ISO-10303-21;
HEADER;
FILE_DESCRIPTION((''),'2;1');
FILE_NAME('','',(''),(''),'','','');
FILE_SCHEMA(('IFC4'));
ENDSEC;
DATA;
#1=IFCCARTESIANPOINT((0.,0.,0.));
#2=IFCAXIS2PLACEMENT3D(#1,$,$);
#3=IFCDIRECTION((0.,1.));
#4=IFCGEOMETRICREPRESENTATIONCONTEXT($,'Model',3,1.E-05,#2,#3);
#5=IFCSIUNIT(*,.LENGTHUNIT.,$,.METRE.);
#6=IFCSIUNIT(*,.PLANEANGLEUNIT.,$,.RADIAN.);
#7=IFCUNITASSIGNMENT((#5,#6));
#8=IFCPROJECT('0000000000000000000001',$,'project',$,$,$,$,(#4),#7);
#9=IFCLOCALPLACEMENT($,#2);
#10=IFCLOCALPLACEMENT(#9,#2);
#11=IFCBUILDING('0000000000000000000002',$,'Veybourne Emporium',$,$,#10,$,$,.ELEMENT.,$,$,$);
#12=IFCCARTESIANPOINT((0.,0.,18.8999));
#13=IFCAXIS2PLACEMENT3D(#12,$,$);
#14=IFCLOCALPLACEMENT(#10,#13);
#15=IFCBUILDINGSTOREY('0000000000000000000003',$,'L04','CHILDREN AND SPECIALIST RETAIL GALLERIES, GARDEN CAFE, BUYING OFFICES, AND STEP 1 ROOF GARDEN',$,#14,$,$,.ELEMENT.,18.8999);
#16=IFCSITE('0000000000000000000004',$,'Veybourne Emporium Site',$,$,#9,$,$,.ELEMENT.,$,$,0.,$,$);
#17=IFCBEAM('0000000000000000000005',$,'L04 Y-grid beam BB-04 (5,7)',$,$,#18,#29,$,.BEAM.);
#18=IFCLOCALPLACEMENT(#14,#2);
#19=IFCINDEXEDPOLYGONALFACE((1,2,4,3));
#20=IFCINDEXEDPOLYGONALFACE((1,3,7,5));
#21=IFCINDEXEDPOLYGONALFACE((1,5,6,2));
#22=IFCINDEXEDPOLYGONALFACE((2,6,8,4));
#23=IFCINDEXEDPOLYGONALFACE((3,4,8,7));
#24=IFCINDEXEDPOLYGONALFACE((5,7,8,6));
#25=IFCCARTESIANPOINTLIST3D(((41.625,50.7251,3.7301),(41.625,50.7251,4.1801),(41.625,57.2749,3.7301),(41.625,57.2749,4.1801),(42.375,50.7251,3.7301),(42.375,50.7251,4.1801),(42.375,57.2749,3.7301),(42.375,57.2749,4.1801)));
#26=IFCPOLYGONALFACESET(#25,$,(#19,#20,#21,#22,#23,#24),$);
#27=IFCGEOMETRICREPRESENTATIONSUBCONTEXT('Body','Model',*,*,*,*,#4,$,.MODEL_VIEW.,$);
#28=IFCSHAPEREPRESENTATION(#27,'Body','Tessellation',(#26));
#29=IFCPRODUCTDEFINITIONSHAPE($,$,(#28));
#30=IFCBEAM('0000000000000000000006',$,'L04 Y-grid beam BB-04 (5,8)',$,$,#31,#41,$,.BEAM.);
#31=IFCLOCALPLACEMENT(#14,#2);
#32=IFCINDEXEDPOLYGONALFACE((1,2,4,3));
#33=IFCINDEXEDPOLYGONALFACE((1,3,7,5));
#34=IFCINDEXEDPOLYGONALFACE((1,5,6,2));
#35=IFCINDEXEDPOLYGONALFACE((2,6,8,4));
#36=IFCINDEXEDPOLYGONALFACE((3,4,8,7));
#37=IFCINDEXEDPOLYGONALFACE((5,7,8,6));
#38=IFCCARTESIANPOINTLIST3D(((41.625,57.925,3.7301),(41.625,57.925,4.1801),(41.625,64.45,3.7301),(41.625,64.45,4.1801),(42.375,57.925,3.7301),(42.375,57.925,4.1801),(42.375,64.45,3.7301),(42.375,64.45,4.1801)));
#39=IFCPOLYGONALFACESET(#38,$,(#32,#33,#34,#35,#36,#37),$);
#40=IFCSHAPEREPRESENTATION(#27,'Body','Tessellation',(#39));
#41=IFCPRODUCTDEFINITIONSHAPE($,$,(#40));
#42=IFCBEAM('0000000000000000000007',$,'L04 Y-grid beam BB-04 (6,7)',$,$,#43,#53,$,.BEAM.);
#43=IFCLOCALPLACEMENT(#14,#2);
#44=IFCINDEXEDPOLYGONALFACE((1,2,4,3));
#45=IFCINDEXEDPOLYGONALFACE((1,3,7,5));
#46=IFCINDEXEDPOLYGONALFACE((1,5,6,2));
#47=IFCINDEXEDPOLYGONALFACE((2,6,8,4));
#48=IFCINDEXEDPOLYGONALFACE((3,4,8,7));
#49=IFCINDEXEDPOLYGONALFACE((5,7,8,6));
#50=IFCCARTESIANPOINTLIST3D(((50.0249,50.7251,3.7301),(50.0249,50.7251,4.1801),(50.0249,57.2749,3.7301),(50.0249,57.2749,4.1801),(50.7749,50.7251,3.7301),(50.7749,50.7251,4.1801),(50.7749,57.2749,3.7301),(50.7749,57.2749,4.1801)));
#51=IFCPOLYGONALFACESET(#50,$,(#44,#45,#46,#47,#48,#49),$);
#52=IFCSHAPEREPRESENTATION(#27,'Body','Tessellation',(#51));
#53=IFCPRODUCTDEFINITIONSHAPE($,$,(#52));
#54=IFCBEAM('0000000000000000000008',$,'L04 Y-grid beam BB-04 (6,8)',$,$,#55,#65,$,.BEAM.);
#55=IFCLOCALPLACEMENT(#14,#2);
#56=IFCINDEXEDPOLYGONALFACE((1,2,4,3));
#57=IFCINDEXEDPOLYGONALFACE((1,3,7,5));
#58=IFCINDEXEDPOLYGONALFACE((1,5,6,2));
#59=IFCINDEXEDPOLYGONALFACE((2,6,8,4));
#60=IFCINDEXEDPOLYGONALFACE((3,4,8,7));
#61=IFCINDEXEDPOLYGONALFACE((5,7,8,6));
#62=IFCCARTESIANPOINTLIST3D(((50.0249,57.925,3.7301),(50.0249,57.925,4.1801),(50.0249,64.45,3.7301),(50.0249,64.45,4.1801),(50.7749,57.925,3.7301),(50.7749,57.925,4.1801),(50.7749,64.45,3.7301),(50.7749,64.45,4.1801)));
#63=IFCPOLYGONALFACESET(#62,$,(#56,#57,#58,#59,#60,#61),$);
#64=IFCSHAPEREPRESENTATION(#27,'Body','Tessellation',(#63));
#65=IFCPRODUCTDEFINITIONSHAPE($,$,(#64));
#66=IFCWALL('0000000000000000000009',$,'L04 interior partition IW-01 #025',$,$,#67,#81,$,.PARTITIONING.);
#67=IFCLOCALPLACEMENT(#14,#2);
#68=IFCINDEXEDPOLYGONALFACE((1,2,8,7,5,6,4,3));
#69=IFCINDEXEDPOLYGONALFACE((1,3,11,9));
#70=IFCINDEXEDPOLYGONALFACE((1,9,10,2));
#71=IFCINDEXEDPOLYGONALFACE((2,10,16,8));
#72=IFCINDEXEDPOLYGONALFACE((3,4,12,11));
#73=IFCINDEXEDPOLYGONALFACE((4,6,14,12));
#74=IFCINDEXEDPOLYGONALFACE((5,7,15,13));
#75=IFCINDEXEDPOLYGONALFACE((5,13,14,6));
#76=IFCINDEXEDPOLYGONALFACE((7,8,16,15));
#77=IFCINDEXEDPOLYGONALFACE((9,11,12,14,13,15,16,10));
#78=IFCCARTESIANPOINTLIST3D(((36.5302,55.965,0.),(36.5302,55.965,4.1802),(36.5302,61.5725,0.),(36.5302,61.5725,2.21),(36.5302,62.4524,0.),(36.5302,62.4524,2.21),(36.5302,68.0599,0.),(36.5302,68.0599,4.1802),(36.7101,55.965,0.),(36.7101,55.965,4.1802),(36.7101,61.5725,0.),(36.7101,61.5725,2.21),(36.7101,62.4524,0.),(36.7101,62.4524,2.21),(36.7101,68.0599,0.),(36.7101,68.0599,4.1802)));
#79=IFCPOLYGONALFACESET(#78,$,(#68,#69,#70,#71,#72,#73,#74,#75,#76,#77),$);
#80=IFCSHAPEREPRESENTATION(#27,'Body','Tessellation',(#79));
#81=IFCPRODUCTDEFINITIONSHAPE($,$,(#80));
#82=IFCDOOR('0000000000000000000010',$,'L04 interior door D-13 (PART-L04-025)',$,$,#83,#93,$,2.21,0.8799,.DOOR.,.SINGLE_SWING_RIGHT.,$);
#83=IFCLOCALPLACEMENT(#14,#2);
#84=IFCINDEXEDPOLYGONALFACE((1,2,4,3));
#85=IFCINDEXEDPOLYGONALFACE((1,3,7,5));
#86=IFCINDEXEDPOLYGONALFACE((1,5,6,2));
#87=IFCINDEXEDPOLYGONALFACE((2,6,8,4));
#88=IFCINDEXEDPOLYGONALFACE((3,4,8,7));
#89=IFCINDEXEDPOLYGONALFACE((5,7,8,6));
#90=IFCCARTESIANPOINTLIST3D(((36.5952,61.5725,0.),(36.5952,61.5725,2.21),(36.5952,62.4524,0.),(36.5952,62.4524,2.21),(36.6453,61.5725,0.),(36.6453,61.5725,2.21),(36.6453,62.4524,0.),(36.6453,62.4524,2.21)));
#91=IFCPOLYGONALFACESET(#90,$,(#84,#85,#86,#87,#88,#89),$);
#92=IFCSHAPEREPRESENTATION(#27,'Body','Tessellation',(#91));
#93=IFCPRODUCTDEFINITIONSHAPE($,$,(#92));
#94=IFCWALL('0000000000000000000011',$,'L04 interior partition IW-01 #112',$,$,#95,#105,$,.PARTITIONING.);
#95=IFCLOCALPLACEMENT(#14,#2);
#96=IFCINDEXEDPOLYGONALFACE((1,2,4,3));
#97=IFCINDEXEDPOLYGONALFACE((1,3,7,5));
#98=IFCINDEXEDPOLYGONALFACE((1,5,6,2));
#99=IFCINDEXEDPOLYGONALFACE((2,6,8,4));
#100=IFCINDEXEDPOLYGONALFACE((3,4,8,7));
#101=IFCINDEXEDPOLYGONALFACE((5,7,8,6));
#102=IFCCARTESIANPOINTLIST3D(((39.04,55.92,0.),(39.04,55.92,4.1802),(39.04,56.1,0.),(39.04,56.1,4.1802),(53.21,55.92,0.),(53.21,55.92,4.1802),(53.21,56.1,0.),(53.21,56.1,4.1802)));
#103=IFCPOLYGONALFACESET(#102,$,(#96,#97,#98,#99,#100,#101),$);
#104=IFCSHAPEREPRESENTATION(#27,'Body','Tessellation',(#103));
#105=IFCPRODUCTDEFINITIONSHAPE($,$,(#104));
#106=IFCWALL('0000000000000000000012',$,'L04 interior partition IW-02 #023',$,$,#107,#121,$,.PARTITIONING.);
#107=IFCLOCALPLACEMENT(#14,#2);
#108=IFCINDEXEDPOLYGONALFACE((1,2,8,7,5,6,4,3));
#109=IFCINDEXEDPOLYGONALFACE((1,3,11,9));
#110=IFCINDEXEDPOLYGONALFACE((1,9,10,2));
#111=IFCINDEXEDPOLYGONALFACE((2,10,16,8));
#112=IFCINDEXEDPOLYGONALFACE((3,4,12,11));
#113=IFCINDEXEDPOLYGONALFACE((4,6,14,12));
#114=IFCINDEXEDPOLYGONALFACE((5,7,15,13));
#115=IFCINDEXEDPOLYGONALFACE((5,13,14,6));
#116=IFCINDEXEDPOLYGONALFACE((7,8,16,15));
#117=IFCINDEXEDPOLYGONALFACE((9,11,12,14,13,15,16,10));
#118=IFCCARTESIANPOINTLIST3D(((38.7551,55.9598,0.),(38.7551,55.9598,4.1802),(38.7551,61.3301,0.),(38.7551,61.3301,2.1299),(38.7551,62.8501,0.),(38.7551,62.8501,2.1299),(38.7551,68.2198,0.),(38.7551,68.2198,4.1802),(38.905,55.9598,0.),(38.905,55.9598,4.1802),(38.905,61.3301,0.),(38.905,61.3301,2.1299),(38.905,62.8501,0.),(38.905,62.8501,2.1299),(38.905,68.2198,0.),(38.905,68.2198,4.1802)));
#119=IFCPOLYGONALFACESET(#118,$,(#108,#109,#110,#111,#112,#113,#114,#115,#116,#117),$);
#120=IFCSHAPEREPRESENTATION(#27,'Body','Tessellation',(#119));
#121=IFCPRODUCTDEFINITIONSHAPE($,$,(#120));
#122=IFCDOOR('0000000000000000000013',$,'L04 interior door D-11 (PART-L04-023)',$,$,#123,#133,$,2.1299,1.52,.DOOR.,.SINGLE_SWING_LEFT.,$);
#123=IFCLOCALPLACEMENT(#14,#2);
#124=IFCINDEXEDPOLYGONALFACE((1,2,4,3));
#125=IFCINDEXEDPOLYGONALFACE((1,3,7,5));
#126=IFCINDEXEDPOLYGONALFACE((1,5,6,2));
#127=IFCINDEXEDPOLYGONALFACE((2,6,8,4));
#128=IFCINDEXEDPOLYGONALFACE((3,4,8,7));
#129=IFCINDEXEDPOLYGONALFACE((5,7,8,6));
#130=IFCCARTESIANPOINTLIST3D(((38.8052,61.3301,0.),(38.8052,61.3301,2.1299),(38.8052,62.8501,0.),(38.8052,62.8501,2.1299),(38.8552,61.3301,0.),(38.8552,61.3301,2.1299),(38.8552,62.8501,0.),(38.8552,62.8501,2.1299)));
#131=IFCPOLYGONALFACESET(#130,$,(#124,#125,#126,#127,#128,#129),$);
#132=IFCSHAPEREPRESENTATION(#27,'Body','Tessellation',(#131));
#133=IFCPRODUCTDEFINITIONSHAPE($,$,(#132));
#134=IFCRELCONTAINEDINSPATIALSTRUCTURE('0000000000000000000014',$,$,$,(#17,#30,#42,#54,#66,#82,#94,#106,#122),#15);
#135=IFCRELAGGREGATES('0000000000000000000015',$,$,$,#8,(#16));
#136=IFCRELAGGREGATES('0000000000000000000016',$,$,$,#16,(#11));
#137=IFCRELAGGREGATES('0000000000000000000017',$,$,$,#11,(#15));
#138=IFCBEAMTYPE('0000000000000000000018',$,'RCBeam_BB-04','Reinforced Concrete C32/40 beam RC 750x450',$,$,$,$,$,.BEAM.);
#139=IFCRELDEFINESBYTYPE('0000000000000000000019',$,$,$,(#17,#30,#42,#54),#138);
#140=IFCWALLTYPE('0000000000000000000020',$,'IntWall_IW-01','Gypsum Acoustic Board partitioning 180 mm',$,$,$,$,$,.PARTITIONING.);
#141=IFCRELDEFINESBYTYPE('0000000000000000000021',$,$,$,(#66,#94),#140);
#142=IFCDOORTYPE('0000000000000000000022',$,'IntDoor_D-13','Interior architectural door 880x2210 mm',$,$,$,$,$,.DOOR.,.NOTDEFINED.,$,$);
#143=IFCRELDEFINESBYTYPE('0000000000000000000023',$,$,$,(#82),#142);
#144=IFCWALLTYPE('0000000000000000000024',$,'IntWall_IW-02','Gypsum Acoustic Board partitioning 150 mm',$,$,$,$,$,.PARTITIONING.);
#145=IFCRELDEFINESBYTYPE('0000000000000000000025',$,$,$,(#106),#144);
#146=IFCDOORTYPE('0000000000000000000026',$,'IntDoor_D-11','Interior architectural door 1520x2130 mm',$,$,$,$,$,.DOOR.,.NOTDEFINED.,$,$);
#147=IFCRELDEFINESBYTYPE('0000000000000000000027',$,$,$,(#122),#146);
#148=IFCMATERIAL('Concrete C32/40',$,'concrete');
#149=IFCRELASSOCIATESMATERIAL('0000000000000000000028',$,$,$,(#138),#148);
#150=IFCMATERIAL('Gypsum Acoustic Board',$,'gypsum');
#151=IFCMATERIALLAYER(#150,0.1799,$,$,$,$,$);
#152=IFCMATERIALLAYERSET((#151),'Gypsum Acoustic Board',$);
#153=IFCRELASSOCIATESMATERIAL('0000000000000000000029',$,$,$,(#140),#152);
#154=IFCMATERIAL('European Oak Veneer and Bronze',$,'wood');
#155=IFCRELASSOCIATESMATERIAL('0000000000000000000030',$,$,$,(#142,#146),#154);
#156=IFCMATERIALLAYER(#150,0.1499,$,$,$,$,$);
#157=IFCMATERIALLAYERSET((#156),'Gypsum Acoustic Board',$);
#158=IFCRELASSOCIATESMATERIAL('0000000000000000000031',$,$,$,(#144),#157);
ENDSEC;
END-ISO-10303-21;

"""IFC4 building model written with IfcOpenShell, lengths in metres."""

from ifc_helpers import new_model, si_unit, direction, frame, frame_2d, origin, origin_2d, place, context, subcontext, project, spatial, rectangle, extrude, material, layer, layer_set, material_profile, profile_set, type_object, element, fill, save


model = new_model("IFC4")

# Units and contexts
model_context = context("Model", 3, precision=1e-05, world=origin(), true_north=direction((0.0, 1.0)))
body_context = subcontext(model_context, "Body", "Model", "MODEL_VIEW")
ifc_project = project(units=[si_unit("LENGTHUNIT", "METRE"), si_unit("PLANEANGLEUNIT", "RADIAN")], contexts=[model_context])

# Site, building, storey
site_placement = place(None, origin())
site = spatial("IfcSite", under=ifc_project, at=site_placement, Name="Veybourne Emporium Site", CompositionType="ELEMENT", RefElevation=0.0)
building_placement = place(site_placement, origin())
building = spatial("IfcBuilding", under=site, at=building_placement, Name="Veybourne Emporium", CompositionType="ELEMENT")
storey_placement = place(building_placement, frame((0.0, 0.0, 18.8999)))
storey = spatial("IfcBuildingStorey", under=building, at=storey_placement, Name="L04", Description="CHILDREN AND SPECIALIST RETAIL GALLERIES, GARDEN CAFE, BUYING OFFICES, AND STEP 1 ROOF GARDEN", CompositionType="ELEMENT", Elevation=18.8999)

# Beams
ifc_material_1 = material(Name="Concrete C32/40", Category="concrete")
ifc_material_profile_1 = material_profile(ifc_material_1, rectangle(XDim=0.75, YDim=0.45, at=origin_2d()), Name="RC 750x450")
ifc_profile_set_1 = profile_set([ifc_material_profile_1], Name="Concrete C32/40")
beam_type_1 = type_object("IfcBeamType", Name="RCBeam_BB-04", Description="Reinforced Concrete C32/40 beam RC 750x450", PredefinedType="BEAM", material=ifc_profile_set_1)
beam_1_placement = place(storey_placement, frame((42.0, 50.7251, 3.9551), z_axis=(0.0, 1.0, 0.0), x_axis=(-1.0, 0.0, 0.0)))
element("IfcBeam", 1, at=beam_1_placement, inside=storey, type_object=beam_type_1, Name="L04 Y-grid beam BB-04 (5,7)", PredefinedType="BEAM", context=body_context, shape_type="SweptSolid", body=[
    extrude(rectangle(XDim=0.75, YDim=0.45, at=origin_2d()), origin(), (0.0, 0.0, 1.0), 6.5498),
])
beam_2_placement = place(storey_placement, frame((42.0, 57.925, 3.9551), z_axis=(0.0, 1.0, 0.0), x_axis=(-1.0, 0.0, 0.0)))
element("IfcBeam", 2, at=beam_2_placement, inside=storey, type_object=beam_type_1, Name="L04 Y-grid beam BB-04 (5,8)", PredefinedType="BEAM", context=body_context, shape_type="SweptSolid", body=[
    extrude(rectangle(XDim=0.75, YDim=0.45, at=origin_2d()), origin(), (0.0, 0.0, 1.0), 6.5249),
])
beam_3_placement = place(storey_placement, frame((50.3999, 50.7251, 3.9551), z_axis=(0.0, 1.0, 0.0), x_axis=(-1.0, 0.0, 0.0)))
element("IfcBeam", 3, at=beam_3_placement, inside=storey, type_object=beam_type_1, Name="L04 Y-grid beam BB-04 (6,7)", PredefinedType="BEAM", context=body_context, shape_type="SweptSolid", body=[
    extrude(rectangle(XDim=0.75, YDim=0.45, at=origin_2d()), origin(), (0.0, 0.0, 1.0), 6.5498),
])
beam_4_placement = place(storey_placement, frame((50.3999, 57.925, 3.9551), z_axis=(0.0, 1.0, 0.0), x_axis=(-1.0, 0.0, 0.0)))
element("IfcBeam", 4, at=beam_4_placement, inside=storey, type_object=beam_type_1, Name="L04 Y-grid beam BB-04 (6,8)", PredefinedType="BEAM", context=body_context, shape_type="SweptSolid", body=[
    extrude(rectangle(XDim=0.75, YDim=0.45, at=origin_2d()), origin(), (0.0, 0.0, 1.0), 6.5249),
])

# Wall, opening, door
ifc_material_2 = material(Name="Gypsum Acoustic Board", Category="gypsum")
ifc_layer_1 = layer(ifc_material_2, 0.1799)
ifc_layer_set_1 = layer_set([ifc_layer_1], Name="Gypsum Acoustic Board")
wall_type_1 = type_object("IfcWallType", Name="IntWall_IW-01", Description="Gypsum Acoustic Board partitioning 180 mm", PredefinedType="PARTITIONING", material=ifc_layer_set_1)
wall_1_placement = place(storey_placement, frame((36.6201, 55.9651, 0.0), z_axis=(0.0, 0.0, 1.0), x_axis=(0.0, 1.0, 0.0)))
wall_1 = element("IfcWall", 5, at=wall_1_placement, inside=storey, type_object=wall_type_1, Name="L04 interior partition IW-01 #025", PredefinedType="PARTITIONING", context=body_context, shape_type="SweptSolid", body=[
    extrude(rectangle(XDim=12.095, YDim=0.1799, at=frame_2d((6.0474, 0.0))), origin(), (0.0, 0.0, 1.0), 4.1802),
])
opening_1_placement = place(wall_1_placement, frame((5.6074, 0.0, 0.0)))
opening_1 = element("IfcOpeningElement", 6, at=opening_1_placement, cuts=wall_1, PredefinedType="OPENING", context=body_context, shape_type="SweptSolid", body=[
    extrude(rectangle(XDim=0.8799, YDim=2.21, at=frame_2d((0.4399, 1.105))), frame((0.0, 0.1099, 0.0), z_axis=(0.0, -1.0, 0.0), x_axis=(1.0, 0.0, 0.0)), (0.0, 0.0, 1.0), 0.22),
])
ifc_material_3 = material(Name="European Oak Veneer and Bronze", Category="wood")
door_type_1 = type_object("IfcDoorType", Name="IntDoor_D-13", Description="Interior architectural door 880x2210 mm", OperationType="NOTDEFINED", PredefinedType="DOOR", material=ifc_material_3)
door_1_placement = place(opening_1_placement, origin())
door_1 = element("IfcDoor", 7, at=door_1_placement, inside=storey, type_object=door_type_1, Name="L04 interior door D-13 (PART-L04-025)", OperationType="SINGLE_SWING_RIGHT", OverallHeight=2.21, OverallWidth=0.8799, PredefinedType="DOOR", context=body_context, shape_type="SweptSolid", body=[
    extrude(rectangle(XDim=0.8799, YDim=2.21, at=frame_2d((0.4399, 1.105))), frame((0.0, 0.0249, 0.0), z_axis=(0.0, -1.0, 0.0), x_axis=(1.0, 0.0, 0.0)), (0.0, 0.0, 1.0), 0.05),
])
fill(opening_1, door_1)

# Wall
wall_2_placement = place(storey_placement, frame((39.04, 56.01, 0.0), z_axis=(0.0, 0.0, 1.0), x_axis=(1.0, 0.0, 0.0)))
element("IfcWall", 8, at=wall_2_placement, inside=storey, type_object=wall_type_1, Name="L04 interior partition IW-01 #112", PredefinedType="PARTITIONING", context=body_context, shape_type="SweptSolid", body=[
    extrude(rectangle(XDim=14.1699, YDim=0.1799, at=frame_2d((7.085, 0.0))), origin(), (0.0, 0.0, 1.0), 4.1802),
])

# Wall, opening, door
ifc_layer_2 = layer(ifc_material_2, 0.1499)
ifc_layer_set_2 = layer_set([ifc_layer_2], Name="Gypsum Acoustic Board")
wall_type_2 = type_object("IfcWallType", Name="IntWall_IW-02", Description="Gypsum Acoustic Board partitioning 150 mm", PredefinedType="PARTITIONING", material=ifc_layer_set_2)
wall_3_placement = place(storey_placement, frame((38.8301, 55.96, 0.0), z_axis=(0.0, 0.0, 1.0), x_axis=(0.0, 1.0, 0.0)))
wall_3 = element("IfcWall", 9, at=wall_3_placement, inside=storey, type_object=wall_type_2, Name="L04 interior partition IW-02 #023", PredefinedType="PARTITIONING", context=body_context, shape_type="SweptSolid", body=[
    extrude(rectangle(XDim=12.26, YDim=0.1499, at=frame_2d((6.1299, 0.0))), origin(), (0.0, 0.0, 1.0), 4.1802),
])
opening_2_placement = place(wall_3_placement, frame((5.3701, 0.0, 0.0)))
opening_2 = element("IfcOpeningElement", 10, at=opening_2_placement, cuts=wall_3, PredefinedType="OPENING", context=body_context, shape_type="SweptSolid", body=[
    extrude(rectangle(XDim=1.52, YDim=2.1299, at=frame_2d((0.76, 1.0649))), frame((0.0, 0.095, 0.0), z_axis=(0.0, -1.0, 0.0), x_axis=(1.0, 0.0, 0.0)), (0.0, 0.0, 1.0), 0.1899),
])
door_type_2 = type_object("IfcDoorType", Name="IntDoor_D-11", Description="Interior architectural door 1520x2130 mm", OperationType="NOTDEFINED", PredefinedType="DOOR", material=ifc_material_3)
door_2_placement = place(opening_2_placement, origin())
door_2 = element("IfcDoor", 11, at=door_2_placement, inside=storey, type_object=door_type_2, Name="L04 interior door D-11 (PART-L04-023)", OperationType="SINGLE_SWING_LEFT", OverallHeight=2.1299, OverallWidth=1.52, PredefinedType="DOOR", context=body_context, shape_type="SweptSolid", body=[
    extrude(rectangle(XDim=1.52, YDim=2.1299, at=frame_2d((0.76, 1.0649))), frame((0.0, 0.0249, 0.0), z_axis=(0.0, -1.0, 0.0), x_axis=(1.0, 0.0, 0.0)), (0.0, 0.0, 1.0), 0.05),
])
fill(opening_2, door_2)

save(model, "model.ifc")
